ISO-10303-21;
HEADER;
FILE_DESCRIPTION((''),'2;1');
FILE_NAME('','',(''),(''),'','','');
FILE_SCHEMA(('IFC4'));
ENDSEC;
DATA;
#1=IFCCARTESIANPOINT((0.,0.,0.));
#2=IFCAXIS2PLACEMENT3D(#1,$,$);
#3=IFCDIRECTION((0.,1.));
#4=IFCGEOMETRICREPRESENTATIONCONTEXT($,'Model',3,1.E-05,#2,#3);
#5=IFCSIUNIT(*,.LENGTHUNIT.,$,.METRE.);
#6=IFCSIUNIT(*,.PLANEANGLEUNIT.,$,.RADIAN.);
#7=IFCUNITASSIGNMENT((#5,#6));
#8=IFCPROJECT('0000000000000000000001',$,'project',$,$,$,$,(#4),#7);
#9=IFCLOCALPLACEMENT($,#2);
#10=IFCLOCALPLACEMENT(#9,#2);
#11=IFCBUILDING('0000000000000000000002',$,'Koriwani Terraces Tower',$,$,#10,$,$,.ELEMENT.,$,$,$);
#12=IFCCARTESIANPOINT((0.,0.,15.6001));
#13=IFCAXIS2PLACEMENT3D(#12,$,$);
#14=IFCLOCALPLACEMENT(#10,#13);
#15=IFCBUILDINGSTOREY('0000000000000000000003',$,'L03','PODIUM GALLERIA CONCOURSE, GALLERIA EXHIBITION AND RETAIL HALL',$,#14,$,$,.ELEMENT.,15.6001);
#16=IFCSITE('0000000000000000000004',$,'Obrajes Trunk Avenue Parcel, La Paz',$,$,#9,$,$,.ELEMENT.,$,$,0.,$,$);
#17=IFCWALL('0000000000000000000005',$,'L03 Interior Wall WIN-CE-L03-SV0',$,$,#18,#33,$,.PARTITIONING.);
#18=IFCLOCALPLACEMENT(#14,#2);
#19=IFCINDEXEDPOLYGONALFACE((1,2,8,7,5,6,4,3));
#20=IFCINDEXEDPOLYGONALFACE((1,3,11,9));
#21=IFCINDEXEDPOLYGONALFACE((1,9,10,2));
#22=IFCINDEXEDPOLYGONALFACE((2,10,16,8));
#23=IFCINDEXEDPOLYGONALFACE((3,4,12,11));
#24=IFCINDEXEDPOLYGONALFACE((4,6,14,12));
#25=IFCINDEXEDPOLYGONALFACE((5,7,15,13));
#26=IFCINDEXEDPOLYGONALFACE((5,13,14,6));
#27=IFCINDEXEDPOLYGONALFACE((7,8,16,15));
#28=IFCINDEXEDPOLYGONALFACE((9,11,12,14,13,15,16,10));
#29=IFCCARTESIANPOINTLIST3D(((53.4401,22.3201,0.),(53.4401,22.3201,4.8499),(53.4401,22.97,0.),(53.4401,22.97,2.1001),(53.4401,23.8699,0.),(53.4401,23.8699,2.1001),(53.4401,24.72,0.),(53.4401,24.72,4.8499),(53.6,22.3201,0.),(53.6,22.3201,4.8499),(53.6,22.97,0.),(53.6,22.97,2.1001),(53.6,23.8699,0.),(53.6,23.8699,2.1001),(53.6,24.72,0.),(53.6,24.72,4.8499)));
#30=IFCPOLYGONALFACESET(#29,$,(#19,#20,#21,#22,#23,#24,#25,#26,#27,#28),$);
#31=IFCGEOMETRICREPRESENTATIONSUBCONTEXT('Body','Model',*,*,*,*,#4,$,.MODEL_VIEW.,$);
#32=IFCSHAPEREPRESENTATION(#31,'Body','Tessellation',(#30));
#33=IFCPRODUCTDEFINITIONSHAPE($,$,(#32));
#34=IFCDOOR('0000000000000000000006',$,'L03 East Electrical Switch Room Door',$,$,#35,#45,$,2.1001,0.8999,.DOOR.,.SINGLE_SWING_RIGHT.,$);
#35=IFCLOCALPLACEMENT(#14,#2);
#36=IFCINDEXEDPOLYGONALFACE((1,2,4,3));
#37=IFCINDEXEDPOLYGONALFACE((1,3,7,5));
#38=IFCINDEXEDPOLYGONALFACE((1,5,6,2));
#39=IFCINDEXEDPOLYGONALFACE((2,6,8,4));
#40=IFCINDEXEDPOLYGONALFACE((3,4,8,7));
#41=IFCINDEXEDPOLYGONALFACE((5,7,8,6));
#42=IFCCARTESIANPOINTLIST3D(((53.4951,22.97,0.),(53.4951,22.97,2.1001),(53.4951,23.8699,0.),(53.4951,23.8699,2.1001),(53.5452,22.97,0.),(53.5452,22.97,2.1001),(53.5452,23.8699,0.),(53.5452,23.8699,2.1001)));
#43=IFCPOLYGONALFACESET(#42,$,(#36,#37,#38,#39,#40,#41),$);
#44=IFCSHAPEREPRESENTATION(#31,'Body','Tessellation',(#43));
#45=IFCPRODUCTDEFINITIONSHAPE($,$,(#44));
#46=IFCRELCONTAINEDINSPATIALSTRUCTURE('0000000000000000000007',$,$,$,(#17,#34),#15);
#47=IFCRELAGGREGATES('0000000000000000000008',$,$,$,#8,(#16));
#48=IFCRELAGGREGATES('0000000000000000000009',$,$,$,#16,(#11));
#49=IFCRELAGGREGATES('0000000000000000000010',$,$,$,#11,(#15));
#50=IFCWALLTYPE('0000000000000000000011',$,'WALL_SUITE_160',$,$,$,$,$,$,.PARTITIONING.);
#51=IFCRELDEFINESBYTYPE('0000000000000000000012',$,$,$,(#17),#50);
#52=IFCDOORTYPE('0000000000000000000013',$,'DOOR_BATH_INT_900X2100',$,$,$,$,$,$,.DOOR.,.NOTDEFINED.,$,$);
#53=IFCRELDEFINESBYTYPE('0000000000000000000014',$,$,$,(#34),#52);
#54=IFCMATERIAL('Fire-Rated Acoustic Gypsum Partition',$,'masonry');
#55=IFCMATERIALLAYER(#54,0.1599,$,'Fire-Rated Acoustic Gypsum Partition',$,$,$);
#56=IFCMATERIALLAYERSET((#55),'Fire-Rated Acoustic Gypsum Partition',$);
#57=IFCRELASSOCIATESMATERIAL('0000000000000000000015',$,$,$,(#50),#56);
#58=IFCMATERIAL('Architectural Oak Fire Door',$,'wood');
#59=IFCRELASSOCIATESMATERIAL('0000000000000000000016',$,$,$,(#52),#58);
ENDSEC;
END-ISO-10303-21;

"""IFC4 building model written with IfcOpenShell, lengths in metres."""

from ifc_helpers import new_model, si_unit, direction, frame, frame_2d, origin, place, context, subcontext, project, spatial, rectangle, extrude, material, layer, layer_set, type_object, element, fill, save


model = new_model("IFC4")

# Units and contexts
model_context = context("Model", 3, precision=1e-05, world=origin(), true_north=direction((0.0, 1.0)))
body_context = subcontext(model_context, "Body", "Model", "MODEL_VIEW")
ifc_project = project(units=[si_unit("LENGTHUNIT", "METRE"), si_unit("PLANEANGLEUNIT", "RADIAN")], contexts=[model_context])

# Site, building, storey
site_placement = place(None, origin())
site = spatial("IfcSite", under=ifc_project, at=site_placement, Name="Obrajes Trunk Avenue Parcel, La Paz", CompositionType="ELEMENT", RefElevation=0.0)
building_placement = place(site_placement, origin())
building = spatial("IfcBuilding", under=site, at=building_placement, Name="Koriwani Terraces Tower", CompositionType="ELEMENT")
storey_placement = place(building_placement, frame((0.0, 0.0, 15.6001)))
storey = spatial("IfcBuildingStorey", under=building, at=storey_placement, Name="L03", Description="PODIUM GALLERIA CONCOURSE, GALLERIA EXHIBITION AND RETAIL HALL", CompositionType="ELEMENT", Elevation=15.6001)

# Wall, opening, door
ifc_material_1 = material(Name="Fire-Rated Acoustic Gypsum Partition", Category="masonry")
ifc_layer_1 = layer(ifc_material_1, 0.1599, Name="Fire-Rated Acoustic Gypsum Partition")
ifc_layer_set_1 = layer_set([ifc_layer_1], Name="Fire-Rated Acoustic Gypsum Partition")
wall_type_1 = type_object("IfcWallType", Name="WALL_SUITE_160", PredefinedType="PARTITIONING", material=ifc_layer_set_1)
wall_1_placement = place(storey_placement, frame((53.52, 22.3201, 0.0), z_axis=(0.0, 0.0, 1.0), x_axis=(0.0, 1.0, 0.0)))
wall_1 = element("IfcWall", 1, at=wall_1_placement, inside=storey, type_object=wall_type_1, Name="L03 Interior Wall WIN-CE-L03-SV0", PredefinedType="PARTITIONING", context=body_context, shape_type="SweptSolid", body=[
    extrude(rectangle(XDim=2.3999, YDim=0.1599, at=frame_2d((1.2, 0.0))), origin(), (0.0, 0.0, 1.0), 4.8499),
])
opening_1_placement = place(wall_1_placement, frame((0.6499, 0.0, 0.0)))
opening_1 = element("IfcOpeningElement", 2, at=opening_1_placement, cuts=wall_1, PredefinedType="OPENING", context=body_context, shape_type="SweptSolid", body=[
    extrude(rectangle(XDim=0.8999, YDim=2.1001, at=frame_2d((0.45, 1.05))), frame((0.0, 0.0898, 0.0), z_axis=(0.0, -1.0, 0.0), x_axis=(1.0, 0.0, 0.0)), (0.0, 0.0, 1.0), 0.1799),
])
ifc_material_2 = material(Name="Architectural Oak Fire Door", Category="wood")
door_type_1 = type_object("IfcDoorType", Name="DOOR_BATH_INT_900X2100", OperationType="NOTDEFINED", PredefinedType="DOOR", material=ifc_material_2)
door_1_placement = place(opening_1_placement, origin())
door_1 = element("IfcDoor", 3, at=door_1_placement, inside=storey, type_object=door_type_1, Name="L03 East Electrical Switch Room Door", OperationType="SINGLE_SWING_RIGHT", OverallHeight=2.1001, OverallWidth=0.8999, PredefinedType="DOOR", context=body_context, shape_type="SweptSolid", body=[
    extrude(rectangle(XDim=0.8999, YDim=2.1001, at=frame_2d((0.45, 1.05))), frame((0.0, 0.0249, 0.0), z_axis=(0.0, -1.0, 0.0), x_axis=(1.0, 0.0, 0.0)), (0.0, 0.0, 1.0), 0.05),
])
fill(opening_1, door_1)

save(model, "model.ifc")
